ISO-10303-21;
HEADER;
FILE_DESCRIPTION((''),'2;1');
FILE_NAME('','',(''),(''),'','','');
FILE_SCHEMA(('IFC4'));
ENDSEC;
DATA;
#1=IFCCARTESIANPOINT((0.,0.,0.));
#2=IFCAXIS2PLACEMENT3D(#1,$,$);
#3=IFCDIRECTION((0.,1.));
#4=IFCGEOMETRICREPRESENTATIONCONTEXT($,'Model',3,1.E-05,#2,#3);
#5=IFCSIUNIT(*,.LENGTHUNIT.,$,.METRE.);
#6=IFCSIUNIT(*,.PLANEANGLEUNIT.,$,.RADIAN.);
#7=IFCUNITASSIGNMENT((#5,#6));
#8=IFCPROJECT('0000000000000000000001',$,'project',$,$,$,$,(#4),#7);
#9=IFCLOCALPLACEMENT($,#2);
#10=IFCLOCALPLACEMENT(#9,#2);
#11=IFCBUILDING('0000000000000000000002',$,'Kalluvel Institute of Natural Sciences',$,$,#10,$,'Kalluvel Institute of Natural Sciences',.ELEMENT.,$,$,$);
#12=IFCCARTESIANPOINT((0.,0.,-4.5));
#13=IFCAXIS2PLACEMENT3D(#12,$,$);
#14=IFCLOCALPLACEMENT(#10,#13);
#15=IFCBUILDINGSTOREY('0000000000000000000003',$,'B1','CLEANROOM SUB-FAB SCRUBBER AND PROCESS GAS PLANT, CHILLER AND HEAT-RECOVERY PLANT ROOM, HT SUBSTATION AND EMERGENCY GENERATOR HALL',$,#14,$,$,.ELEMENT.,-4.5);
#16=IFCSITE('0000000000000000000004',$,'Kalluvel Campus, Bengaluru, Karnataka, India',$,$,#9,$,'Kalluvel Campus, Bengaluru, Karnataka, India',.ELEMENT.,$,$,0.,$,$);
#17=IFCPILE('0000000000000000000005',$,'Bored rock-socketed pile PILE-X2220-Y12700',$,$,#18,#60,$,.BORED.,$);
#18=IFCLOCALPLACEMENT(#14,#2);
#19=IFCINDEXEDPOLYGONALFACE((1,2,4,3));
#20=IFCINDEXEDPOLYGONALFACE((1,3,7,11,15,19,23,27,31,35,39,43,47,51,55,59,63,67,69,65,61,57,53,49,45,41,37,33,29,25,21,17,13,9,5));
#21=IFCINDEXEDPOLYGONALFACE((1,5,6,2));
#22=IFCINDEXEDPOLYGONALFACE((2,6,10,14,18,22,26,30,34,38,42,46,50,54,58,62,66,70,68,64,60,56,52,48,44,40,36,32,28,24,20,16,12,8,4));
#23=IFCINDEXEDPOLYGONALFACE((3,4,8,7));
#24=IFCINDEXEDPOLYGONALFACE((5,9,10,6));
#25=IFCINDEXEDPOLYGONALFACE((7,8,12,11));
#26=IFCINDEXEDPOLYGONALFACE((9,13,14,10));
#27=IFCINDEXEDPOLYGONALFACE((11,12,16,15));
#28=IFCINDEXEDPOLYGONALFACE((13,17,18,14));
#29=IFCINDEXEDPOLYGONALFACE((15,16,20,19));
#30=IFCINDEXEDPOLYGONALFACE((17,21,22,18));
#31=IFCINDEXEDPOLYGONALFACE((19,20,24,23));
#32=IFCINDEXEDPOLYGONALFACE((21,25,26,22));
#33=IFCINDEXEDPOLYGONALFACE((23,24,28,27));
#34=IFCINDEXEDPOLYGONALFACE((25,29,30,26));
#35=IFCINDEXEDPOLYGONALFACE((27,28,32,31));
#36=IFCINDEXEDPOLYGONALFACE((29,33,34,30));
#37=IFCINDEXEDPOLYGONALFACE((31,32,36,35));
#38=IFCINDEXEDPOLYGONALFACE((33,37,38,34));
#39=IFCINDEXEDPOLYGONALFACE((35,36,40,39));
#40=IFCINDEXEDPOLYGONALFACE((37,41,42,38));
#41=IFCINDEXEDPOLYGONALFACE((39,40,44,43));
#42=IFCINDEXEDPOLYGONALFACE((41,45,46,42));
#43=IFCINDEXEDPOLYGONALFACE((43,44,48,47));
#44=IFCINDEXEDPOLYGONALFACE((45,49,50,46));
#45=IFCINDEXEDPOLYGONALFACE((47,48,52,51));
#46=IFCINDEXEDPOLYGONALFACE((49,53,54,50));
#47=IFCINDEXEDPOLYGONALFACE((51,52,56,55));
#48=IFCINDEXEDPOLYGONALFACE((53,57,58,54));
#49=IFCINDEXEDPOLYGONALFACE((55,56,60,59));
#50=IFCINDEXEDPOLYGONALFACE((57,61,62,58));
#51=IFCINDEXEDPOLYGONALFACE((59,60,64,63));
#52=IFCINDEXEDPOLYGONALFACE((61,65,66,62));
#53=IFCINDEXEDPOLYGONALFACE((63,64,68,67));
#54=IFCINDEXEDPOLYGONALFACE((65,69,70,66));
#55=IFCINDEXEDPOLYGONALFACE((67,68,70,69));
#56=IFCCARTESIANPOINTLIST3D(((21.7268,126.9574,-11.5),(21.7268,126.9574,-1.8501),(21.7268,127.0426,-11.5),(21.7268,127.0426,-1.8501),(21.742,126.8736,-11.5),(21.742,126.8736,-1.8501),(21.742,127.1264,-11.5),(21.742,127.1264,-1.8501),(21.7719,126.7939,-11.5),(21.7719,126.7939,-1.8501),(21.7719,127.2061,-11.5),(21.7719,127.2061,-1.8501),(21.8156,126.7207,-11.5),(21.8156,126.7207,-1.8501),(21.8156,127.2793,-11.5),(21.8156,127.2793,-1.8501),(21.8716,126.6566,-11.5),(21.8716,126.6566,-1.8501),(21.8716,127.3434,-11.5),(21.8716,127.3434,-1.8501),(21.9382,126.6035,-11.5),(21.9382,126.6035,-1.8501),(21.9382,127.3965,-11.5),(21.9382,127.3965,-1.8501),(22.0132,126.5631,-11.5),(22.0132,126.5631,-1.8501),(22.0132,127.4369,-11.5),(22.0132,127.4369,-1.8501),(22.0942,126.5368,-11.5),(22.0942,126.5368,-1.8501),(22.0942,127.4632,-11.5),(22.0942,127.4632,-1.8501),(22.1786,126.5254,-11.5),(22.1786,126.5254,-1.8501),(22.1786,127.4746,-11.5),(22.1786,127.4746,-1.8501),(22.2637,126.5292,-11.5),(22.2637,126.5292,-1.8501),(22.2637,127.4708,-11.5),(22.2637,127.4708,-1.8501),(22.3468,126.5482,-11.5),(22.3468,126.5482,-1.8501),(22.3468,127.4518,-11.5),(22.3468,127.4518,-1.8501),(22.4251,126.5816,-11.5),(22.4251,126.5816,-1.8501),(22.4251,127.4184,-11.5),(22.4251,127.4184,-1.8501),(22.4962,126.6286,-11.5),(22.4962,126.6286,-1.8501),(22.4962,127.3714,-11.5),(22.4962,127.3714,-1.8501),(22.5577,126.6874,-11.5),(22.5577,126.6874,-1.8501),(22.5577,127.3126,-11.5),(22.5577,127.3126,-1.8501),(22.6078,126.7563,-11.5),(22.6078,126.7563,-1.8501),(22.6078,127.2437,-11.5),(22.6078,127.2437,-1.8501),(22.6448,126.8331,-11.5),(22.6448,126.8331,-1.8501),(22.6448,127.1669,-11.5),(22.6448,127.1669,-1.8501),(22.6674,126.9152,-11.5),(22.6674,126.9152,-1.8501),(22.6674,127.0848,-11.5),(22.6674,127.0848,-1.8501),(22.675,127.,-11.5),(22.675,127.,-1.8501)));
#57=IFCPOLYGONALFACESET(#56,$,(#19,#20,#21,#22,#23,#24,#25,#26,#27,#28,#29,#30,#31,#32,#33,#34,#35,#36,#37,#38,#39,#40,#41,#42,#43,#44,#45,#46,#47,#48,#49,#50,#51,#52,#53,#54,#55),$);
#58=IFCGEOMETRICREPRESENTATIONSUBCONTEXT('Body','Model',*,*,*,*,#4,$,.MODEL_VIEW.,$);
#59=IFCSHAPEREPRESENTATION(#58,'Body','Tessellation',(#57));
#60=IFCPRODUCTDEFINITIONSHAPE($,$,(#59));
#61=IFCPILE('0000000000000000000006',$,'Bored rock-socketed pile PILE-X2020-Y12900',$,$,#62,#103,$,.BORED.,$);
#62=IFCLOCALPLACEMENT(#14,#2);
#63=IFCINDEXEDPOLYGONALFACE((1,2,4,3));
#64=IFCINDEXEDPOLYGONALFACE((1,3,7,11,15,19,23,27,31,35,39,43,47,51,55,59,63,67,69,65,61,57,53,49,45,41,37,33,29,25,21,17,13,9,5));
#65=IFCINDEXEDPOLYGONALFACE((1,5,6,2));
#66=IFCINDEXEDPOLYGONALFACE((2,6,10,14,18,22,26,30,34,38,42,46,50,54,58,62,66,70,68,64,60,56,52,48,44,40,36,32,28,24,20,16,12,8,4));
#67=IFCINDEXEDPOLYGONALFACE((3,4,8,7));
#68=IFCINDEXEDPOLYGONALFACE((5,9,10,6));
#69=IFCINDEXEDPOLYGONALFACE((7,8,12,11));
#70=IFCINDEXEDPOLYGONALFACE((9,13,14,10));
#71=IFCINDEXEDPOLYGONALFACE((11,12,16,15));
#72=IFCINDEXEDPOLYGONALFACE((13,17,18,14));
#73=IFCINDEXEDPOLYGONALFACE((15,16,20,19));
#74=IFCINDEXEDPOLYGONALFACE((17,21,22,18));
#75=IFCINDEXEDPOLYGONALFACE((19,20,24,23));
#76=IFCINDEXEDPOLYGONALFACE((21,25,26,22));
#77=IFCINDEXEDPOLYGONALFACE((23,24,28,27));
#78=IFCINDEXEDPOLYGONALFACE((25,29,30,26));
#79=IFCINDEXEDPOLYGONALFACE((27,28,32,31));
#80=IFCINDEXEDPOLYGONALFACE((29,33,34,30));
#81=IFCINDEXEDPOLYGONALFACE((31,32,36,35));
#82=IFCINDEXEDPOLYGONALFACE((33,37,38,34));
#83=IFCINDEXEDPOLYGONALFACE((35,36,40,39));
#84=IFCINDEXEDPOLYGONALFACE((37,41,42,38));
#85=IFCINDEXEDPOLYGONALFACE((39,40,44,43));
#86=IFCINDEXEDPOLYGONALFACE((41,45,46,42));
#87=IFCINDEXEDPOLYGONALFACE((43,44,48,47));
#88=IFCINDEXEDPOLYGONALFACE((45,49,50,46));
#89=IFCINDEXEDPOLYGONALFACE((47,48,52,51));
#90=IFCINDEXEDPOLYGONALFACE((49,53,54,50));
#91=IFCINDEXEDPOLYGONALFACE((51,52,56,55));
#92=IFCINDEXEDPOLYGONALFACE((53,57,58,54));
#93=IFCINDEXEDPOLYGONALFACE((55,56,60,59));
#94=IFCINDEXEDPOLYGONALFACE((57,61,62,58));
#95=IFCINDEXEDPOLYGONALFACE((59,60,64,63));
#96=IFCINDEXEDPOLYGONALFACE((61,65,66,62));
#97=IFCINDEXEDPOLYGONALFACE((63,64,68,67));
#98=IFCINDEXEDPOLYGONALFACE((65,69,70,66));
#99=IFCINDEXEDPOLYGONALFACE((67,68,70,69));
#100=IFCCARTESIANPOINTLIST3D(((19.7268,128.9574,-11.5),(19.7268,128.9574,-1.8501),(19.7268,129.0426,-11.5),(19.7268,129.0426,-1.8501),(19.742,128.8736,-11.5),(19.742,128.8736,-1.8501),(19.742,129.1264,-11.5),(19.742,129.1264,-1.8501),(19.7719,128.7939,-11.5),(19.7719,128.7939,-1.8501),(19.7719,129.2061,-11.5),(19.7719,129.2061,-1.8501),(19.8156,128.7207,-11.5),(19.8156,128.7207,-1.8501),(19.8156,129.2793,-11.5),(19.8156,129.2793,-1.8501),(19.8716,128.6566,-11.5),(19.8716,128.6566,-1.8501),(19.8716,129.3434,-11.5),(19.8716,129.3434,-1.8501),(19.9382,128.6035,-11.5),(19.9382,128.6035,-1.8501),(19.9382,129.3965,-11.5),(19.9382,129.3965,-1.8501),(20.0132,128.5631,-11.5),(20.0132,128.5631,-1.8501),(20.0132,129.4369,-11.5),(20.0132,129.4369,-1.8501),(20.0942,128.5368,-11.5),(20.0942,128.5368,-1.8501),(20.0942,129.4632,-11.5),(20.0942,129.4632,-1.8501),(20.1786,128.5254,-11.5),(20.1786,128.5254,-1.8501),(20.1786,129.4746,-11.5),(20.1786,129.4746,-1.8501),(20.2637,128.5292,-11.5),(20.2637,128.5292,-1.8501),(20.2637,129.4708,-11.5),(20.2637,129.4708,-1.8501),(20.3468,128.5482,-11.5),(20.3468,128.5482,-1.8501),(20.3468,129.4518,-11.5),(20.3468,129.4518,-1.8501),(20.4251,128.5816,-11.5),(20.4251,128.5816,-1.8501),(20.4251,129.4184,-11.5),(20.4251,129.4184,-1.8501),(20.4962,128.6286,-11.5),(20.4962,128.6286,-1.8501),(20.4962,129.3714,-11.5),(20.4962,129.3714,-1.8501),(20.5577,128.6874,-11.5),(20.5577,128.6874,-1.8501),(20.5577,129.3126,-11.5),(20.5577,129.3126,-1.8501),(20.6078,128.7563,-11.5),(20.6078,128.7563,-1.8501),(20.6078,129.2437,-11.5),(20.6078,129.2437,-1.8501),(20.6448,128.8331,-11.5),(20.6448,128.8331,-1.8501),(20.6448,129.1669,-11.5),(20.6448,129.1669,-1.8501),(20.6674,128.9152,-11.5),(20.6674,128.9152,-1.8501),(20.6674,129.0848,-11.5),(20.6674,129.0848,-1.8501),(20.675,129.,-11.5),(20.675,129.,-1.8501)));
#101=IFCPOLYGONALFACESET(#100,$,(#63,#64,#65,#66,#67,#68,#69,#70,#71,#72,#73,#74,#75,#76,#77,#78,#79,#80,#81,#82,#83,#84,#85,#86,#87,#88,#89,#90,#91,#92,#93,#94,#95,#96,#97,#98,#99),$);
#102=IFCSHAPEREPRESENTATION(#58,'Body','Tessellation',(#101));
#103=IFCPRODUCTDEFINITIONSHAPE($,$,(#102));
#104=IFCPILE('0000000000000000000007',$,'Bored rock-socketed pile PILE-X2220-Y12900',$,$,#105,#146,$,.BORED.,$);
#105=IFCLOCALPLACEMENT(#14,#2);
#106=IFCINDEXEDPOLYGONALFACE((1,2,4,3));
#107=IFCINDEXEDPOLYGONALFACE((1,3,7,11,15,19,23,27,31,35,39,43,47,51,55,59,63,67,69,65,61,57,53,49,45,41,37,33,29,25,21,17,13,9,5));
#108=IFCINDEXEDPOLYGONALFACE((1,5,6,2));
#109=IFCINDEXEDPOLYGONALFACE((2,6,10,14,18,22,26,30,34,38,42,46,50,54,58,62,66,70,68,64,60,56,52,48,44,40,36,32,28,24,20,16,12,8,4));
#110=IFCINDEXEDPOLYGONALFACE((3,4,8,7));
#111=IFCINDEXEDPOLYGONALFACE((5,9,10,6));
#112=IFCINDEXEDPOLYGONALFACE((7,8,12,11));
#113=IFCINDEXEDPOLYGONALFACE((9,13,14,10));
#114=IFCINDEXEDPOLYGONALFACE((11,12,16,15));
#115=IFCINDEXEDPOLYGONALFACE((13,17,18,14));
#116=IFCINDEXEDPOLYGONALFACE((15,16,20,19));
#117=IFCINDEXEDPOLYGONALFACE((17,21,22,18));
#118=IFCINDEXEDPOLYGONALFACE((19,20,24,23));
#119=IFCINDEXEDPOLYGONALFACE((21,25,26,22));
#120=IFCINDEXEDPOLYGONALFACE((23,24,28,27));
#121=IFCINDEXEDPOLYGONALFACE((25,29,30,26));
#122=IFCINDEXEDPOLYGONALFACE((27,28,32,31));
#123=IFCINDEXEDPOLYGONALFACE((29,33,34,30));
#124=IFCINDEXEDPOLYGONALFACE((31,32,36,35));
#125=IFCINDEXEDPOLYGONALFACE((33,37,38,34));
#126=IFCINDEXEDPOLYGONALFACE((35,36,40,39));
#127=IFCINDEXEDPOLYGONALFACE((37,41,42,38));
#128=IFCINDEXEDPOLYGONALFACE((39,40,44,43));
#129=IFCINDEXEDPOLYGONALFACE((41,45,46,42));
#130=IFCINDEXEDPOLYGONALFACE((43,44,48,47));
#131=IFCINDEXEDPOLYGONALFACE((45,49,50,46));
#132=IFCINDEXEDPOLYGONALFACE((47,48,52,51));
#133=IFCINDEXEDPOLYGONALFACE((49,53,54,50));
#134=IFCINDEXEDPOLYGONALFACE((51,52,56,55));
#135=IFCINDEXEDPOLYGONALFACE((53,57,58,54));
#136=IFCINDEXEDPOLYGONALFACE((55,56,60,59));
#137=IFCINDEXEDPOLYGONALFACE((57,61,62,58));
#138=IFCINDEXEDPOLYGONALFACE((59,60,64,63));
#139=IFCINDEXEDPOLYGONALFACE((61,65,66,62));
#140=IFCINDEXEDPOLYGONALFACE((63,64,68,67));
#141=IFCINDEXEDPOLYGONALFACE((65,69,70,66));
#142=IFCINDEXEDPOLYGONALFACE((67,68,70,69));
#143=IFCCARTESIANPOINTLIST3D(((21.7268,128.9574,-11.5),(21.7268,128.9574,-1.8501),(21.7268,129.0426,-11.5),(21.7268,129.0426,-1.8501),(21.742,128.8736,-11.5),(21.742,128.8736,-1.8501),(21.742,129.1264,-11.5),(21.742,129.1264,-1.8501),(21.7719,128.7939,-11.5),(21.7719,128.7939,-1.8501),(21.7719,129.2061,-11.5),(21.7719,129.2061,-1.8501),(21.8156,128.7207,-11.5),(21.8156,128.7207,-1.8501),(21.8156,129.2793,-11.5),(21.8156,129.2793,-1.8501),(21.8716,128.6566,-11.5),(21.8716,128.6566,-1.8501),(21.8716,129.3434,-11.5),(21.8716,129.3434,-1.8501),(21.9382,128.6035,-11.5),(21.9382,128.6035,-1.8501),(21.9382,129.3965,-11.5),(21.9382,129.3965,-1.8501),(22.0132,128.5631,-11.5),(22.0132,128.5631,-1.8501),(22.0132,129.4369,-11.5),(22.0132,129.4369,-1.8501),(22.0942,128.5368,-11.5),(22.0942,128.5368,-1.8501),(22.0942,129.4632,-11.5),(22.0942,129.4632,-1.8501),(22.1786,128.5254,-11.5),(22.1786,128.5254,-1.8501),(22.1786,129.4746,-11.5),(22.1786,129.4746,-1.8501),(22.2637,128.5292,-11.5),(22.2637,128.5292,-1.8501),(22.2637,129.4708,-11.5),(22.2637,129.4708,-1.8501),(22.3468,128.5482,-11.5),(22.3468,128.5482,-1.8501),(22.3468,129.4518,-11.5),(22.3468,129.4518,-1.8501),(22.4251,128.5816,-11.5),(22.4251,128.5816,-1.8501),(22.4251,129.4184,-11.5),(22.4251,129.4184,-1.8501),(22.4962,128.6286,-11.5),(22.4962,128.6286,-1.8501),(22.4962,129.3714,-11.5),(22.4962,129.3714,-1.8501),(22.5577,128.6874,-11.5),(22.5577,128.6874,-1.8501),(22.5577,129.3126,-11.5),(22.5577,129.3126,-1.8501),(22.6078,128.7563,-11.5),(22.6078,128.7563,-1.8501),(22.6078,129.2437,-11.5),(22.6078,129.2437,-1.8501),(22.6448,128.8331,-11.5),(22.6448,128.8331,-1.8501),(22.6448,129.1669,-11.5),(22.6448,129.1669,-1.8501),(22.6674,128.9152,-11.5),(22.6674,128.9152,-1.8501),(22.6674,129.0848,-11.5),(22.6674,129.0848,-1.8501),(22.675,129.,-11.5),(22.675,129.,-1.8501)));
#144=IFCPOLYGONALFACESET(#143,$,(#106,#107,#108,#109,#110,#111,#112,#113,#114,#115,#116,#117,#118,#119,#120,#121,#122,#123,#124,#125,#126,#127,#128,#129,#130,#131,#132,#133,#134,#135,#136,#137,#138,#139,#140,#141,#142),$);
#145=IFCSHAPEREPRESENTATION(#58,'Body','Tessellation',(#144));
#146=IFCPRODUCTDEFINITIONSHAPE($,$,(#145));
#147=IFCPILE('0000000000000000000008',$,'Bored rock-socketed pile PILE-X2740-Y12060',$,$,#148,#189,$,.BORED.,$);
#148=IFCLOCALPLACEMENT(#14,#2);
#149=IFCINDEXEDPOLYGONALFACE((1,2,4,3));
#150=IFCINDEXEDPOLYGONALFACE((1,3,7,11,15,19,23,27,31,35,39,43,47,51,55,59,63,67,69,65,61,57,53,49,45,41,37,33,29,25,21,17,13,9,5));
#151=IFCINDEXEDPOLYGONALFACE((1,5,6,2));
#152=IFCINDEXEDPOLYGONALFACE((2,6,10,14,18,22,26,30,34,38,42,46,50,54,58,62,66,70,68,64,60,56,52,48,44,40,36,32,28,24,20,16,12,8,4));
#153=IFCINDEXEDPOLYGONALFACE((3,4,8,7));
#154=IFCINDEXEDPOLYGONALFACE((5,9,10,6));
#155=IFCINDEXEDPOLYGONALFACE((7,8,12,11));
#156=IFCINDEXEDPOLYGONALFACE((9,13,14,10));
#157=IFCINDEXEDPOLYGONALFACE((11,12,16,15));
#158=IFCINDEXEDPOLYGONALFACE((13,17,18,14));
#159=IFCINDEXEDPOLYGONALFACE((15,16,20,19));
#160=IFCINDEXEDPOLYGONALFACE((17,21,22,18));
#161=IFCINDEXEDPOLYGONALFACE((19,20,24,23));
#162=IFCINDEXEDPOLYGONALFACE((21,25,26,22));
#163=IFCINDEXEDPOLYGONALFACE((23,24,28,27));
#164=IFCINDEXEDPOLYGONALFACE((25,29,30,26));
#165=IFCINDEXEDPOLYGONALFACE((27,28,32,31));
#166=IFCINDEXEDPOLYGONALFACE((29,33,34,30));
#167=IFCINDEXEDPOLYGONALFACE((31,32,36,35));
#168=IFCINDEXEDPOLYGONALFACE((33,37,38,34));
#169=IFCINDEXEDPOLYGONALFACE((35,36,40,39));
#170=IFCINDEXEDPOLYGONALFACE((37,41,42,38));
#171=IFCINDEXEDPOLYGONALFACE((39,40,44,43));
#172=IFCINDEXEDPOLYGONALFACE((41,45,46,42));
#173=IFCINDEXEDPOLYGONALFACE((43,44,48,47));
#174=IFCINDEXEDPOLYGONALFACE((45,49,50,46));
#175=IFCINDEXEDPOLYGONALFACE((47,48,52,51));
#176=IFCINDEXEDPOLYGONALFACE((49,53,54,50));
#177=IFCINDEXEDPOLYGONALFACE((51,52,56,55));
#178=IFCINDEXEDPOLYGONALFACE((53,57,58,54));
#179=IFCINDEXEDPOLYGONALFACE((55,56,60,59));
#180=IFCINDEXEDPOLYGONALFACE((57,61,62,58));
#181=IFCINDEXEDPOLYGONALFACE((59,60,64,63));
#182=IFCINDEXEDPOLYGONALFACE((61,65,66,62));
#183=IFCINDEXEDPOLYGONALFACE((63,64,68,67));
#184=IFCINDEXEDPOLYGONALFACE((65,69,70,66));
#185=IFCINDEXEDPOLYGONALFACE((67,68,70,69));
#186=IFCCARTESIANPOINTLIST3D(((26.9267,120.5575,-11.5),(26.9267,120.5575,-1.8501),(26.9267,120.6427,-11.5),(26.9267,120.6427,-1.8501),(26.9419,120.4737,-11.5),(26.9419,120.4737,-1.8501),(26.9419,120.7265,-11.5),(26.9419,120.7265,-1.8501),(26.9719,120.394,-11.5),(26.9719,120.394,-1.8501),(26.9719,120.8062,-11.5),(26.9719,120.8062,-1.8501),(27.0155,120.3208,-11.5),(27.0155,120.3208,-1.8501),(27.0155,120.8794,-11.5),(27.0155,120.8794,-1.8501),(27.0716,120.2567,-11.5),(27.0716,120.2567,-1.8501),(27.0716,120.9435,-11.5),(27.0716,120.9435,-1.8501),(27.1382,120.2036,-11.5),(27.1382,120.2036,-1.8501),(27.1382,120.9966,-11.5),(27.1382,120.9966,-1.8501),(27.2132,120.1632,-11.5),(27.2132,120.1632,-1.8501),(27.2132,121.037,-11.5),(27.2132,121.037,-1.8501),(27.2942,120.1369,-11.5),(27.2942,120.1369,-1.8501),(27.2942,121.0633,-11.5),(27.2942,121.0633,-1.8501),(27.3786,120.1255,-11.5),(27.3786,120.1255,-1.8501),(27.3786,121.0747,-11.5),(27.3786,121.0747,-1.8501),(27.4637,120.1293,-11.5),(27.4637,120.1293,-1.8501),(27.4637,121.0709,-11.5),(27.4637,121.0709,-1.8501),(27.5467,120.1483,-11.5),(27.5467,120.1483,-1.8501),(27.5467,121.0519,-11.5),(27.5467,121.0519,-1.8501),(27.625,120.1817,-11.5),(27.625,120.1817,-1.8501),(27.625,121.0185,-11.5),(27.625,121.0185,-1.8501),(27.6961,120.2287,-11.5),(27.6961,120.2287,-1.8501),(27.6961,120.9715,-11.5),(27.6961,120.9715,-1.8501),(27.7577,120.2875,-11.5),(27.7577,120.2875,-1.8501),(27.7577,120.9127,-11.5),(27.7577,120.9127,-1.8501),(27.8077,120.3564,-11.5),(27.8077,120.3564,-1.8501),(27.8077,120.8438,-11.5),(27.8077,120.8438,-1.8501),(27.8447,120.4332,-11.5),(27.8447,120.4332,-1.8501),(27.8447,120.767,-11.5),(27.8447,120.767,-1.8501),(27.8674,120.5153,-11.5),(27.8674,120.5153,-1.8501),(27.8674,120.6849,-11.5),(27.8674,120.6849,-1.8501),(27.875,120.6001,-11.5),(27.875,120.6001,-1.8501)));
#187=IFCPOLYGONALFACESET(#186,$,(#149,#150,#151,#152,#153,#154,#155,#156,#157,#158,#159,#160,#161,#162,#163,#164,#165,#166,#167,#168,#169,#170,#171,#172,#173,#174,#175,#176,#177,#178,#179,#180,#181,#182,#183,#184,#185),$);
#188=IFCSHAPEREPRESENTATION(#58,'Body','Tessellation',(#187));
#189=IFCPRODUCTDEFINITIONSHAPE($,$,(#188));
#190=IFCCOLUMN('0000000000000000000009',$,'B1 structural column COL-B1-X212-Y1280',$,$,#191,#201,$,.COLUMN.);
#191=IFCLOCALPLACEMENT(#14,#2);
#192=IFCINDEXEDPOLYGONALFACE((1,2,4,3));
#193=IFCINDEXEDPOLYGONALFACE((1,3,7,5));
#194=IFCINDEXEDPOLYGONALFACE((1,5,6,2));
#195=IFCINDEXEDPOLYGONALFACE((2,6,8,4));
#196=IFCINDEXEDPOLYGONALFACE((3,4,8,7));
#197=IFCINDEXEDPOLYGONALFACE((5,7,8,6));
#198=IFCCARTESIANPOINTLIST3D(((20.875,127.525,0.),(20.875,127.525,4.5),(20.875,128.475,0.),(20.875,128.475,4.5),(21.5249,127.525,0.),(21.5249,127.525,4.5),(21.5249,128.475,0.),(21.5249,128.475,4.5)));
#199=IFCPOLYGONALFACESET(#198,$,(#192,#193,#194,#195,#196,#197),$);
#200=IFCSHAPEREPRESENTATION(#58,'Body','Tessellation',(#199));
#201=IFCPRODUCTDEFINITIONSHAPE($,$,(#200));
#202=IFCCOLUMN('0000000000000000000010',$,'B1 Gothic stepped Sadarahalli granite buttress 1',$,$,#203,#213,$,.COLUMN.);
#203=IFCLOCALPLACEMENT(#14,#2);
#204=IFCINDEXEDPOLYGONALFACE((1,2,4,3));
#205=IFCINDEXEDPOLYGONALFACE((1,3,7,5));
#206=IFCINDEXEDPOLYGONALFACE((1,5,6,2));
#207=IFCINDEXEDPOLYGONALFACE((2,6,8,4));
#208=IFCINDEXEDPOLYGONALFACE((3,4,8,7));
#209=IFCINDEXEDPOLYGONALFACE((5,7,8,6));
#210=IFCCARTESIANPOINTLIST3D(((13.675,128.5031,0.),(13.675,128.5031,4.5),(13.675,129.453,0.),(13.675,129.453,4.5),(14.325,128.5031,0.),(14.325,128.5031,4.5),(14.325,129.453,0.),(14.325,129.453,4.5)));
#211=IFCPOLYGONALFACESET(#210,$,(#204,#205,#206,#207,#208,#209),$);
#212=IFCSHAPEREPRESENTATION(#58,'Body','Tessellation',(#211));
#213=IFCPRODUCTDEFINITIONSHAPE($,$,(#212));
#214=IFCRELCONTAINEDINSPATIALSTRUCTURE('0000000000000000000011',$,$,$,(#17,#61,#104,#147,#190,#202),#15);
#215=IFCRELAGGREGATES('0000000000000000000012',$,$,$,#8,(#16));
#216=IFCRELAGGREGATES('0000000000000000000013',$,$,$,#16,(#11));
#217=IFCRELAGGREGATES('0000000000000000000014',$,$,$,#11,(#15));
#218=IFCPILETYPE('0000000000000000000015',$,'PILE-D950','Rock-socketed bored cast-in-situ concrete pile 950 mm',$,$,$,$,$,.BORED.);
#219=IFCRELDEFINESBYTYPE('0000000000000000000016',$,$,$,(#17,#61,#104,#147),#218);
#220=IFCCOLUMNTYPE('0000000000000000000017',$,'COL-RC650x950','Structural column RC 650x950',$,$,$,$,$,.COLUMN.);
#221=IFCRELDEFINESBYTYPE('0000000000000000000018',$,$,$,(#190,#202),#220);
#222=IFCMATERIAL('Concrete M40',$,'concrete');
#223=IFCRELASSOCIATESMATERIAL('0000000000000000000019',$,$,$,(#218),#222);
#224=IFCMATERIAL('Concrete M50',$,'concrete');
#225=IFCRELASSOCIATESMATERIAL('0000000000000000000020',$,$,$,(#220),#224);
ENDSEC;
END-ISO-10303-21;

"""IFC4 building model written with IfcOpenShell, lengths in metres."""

from ifc_helpers import new_model, si_unit, direction, frame, origin, origin_2d, place, context, subcontext, project, spatial, rectangle, circle, extrude, material, material_profile, profile_set, type_object, element, save


model = new_model("IFC4")

# Units and contexts
model_context = context("Model", 3, precision=1e-05, world=origin(), true_north=direction((0.0, 1.0)))
body_context = subcontext(model_context, "Body", "Model", "MODEL_VIEW")
ifc_project = project(units=[si_unit("LENGTHUNIT", "METRE"), si_unit("PLANEANGLEUNIT", "RADIAN")], contexts=[model_context])

# Site, building, storey
site_placement = place(None, origin())
site = spatial("IfcSite", under=ifc_project, at=site_placement, Name="Kalluvel Campus, Bengaluru, Karnataka, India", LongName="Kalluvel Campus, Bengaluru, Karnataka, India", CompositionType="ELEMENT", RefElevation=0.0)
building_placement = place(site_placement, origin())
building = spatial("IfcBuilding", under=site, at=building_placement, Name="Kalluvel Institute of Natural Sciences", LongName="Kalluvel Institute of Natural Sciences", CompositionType="ELEMENT")
storey_placement = place(building_placement, frame((0.0, 0.0, -4.5)))
storey = spatial("IfcBuildingStorey", under=building, at=storey_placement, Name="B1", Description="CLEANROOM SUB-FAB SCRUBBER AND PROCESS GAS PLANT, CHILLER AND HEAT-RECOVERY PLANT ROOM, HT SUBSTATION AND EMERGENCY GENERATOR HALL", CompositionType="ELEMENT", Elevation=-4.5)

# Shared definitions
ifc_material_1 = material(Name="Concrete M40", Category="concrete")

# Piles
ifc_material_profile_1 = material_profile(ifc_material_1, circle(Radius=0.4751, at=origin_2d()), Name="PILE D950")
ifc_profile_set_1 = profile_set([ifc_material_profile_1], Name="Concrete M40")
pile_type_1 = type_object("IfcPileType", Name="PILE-D950", Description="Rock-socketed bored cast-in-situ concrete pile 950 mm", PredefinedType="BORED", material=ifc_profile_set_1)
for number, where, z_axis, x_axis, name in (
    (1, (22.2, 127.0, -1.8501), (0.0, 0.0, -1.0), (1.0, 0.0, 0.0), "Bored rock-socketed pile PILE-X2220-Y12700"),
    (2, (20.2, 129.0, -1.8501), (0.0, 0.0, -1.0), (1.0, 0.0, 0.0), "Bored rock-socketed pile PILE-X2020-Y12900"),
    (3, (22.2, 129.0, -1.8501), (0.0, 0.0, -1.0), (1.0, 0.0, 0.0), "Bored rock-socketed pile PILE-X2220-Y12900"),
    (4, (27.3999, 120.6001, -1.8501), (0.0, 0.0, -1.0), (1.0, 0.0, 0.0), "Bored rock-socketed pile PILE-X2740-Y12060"),
):
    element("IfcPile", number, at=place(storey_placement, frame(where, z_axis=z_axis, x_axis=x_axis)), inside=storey, type_object=pile_type_1, Name=name, PredefinedType="BORED", context=body_context, shape_type="SweptSolid", body=[
        extrude(circle(Radius=0.4751, at=origin_2d()), origin(), (0.0, 0.0, 1.0), 9.6499),
    ])

# Columns
ifc_material_2 = material(Name="Concrete M50", Category="concrete")
ifc_material_profile_2 = material_profile(ifc_material_2, rectangle(XDim=0.6499, YDim=0.95, at=origin_2d()), Name="RC 650x950")
ifc_profile_set_2 = profile_set([ifc_material_profile_2], Name="Concrete M50")
column_type_1 = type_object("IfcColumnType", Name="COL-RC650x950", Description="Structural column RC 650x950", PredefinedType="COLUMN", material=ifc_profile_set_2)
for number, where, z_axis, x_axis, name in (
    (5, (21.2, 128.0, 0.0), (0.0, 0.0, 1.0), (1.0, 0.0, 0.0), "B1 structural column COL-B1-X212-Y1280"),
    (6, (14.0, 128.978, 0.0), (0.0, 0.0, 1.0), (1.0, 0.0, 0.0), "B1 Gothic stepped Sadarahalli granite buttress 1"),
):
    element("IfcColumn", number, at=place(storey_placement, frame(where, z_axis=z_axis, x_axis=x_axis)), inside=storey, type_object=column_type_1, Name=name, PredefinedType="COLUMN", context=body_context, shape_type="SweptSolid", body=[
        extrude(rectangle(XDim=0.6499, YDim=0.95, at=origin_2d()), origin(), (0.0, 0.0, 1.0), 4.5),
    ])

save(model, "model.ifc")
